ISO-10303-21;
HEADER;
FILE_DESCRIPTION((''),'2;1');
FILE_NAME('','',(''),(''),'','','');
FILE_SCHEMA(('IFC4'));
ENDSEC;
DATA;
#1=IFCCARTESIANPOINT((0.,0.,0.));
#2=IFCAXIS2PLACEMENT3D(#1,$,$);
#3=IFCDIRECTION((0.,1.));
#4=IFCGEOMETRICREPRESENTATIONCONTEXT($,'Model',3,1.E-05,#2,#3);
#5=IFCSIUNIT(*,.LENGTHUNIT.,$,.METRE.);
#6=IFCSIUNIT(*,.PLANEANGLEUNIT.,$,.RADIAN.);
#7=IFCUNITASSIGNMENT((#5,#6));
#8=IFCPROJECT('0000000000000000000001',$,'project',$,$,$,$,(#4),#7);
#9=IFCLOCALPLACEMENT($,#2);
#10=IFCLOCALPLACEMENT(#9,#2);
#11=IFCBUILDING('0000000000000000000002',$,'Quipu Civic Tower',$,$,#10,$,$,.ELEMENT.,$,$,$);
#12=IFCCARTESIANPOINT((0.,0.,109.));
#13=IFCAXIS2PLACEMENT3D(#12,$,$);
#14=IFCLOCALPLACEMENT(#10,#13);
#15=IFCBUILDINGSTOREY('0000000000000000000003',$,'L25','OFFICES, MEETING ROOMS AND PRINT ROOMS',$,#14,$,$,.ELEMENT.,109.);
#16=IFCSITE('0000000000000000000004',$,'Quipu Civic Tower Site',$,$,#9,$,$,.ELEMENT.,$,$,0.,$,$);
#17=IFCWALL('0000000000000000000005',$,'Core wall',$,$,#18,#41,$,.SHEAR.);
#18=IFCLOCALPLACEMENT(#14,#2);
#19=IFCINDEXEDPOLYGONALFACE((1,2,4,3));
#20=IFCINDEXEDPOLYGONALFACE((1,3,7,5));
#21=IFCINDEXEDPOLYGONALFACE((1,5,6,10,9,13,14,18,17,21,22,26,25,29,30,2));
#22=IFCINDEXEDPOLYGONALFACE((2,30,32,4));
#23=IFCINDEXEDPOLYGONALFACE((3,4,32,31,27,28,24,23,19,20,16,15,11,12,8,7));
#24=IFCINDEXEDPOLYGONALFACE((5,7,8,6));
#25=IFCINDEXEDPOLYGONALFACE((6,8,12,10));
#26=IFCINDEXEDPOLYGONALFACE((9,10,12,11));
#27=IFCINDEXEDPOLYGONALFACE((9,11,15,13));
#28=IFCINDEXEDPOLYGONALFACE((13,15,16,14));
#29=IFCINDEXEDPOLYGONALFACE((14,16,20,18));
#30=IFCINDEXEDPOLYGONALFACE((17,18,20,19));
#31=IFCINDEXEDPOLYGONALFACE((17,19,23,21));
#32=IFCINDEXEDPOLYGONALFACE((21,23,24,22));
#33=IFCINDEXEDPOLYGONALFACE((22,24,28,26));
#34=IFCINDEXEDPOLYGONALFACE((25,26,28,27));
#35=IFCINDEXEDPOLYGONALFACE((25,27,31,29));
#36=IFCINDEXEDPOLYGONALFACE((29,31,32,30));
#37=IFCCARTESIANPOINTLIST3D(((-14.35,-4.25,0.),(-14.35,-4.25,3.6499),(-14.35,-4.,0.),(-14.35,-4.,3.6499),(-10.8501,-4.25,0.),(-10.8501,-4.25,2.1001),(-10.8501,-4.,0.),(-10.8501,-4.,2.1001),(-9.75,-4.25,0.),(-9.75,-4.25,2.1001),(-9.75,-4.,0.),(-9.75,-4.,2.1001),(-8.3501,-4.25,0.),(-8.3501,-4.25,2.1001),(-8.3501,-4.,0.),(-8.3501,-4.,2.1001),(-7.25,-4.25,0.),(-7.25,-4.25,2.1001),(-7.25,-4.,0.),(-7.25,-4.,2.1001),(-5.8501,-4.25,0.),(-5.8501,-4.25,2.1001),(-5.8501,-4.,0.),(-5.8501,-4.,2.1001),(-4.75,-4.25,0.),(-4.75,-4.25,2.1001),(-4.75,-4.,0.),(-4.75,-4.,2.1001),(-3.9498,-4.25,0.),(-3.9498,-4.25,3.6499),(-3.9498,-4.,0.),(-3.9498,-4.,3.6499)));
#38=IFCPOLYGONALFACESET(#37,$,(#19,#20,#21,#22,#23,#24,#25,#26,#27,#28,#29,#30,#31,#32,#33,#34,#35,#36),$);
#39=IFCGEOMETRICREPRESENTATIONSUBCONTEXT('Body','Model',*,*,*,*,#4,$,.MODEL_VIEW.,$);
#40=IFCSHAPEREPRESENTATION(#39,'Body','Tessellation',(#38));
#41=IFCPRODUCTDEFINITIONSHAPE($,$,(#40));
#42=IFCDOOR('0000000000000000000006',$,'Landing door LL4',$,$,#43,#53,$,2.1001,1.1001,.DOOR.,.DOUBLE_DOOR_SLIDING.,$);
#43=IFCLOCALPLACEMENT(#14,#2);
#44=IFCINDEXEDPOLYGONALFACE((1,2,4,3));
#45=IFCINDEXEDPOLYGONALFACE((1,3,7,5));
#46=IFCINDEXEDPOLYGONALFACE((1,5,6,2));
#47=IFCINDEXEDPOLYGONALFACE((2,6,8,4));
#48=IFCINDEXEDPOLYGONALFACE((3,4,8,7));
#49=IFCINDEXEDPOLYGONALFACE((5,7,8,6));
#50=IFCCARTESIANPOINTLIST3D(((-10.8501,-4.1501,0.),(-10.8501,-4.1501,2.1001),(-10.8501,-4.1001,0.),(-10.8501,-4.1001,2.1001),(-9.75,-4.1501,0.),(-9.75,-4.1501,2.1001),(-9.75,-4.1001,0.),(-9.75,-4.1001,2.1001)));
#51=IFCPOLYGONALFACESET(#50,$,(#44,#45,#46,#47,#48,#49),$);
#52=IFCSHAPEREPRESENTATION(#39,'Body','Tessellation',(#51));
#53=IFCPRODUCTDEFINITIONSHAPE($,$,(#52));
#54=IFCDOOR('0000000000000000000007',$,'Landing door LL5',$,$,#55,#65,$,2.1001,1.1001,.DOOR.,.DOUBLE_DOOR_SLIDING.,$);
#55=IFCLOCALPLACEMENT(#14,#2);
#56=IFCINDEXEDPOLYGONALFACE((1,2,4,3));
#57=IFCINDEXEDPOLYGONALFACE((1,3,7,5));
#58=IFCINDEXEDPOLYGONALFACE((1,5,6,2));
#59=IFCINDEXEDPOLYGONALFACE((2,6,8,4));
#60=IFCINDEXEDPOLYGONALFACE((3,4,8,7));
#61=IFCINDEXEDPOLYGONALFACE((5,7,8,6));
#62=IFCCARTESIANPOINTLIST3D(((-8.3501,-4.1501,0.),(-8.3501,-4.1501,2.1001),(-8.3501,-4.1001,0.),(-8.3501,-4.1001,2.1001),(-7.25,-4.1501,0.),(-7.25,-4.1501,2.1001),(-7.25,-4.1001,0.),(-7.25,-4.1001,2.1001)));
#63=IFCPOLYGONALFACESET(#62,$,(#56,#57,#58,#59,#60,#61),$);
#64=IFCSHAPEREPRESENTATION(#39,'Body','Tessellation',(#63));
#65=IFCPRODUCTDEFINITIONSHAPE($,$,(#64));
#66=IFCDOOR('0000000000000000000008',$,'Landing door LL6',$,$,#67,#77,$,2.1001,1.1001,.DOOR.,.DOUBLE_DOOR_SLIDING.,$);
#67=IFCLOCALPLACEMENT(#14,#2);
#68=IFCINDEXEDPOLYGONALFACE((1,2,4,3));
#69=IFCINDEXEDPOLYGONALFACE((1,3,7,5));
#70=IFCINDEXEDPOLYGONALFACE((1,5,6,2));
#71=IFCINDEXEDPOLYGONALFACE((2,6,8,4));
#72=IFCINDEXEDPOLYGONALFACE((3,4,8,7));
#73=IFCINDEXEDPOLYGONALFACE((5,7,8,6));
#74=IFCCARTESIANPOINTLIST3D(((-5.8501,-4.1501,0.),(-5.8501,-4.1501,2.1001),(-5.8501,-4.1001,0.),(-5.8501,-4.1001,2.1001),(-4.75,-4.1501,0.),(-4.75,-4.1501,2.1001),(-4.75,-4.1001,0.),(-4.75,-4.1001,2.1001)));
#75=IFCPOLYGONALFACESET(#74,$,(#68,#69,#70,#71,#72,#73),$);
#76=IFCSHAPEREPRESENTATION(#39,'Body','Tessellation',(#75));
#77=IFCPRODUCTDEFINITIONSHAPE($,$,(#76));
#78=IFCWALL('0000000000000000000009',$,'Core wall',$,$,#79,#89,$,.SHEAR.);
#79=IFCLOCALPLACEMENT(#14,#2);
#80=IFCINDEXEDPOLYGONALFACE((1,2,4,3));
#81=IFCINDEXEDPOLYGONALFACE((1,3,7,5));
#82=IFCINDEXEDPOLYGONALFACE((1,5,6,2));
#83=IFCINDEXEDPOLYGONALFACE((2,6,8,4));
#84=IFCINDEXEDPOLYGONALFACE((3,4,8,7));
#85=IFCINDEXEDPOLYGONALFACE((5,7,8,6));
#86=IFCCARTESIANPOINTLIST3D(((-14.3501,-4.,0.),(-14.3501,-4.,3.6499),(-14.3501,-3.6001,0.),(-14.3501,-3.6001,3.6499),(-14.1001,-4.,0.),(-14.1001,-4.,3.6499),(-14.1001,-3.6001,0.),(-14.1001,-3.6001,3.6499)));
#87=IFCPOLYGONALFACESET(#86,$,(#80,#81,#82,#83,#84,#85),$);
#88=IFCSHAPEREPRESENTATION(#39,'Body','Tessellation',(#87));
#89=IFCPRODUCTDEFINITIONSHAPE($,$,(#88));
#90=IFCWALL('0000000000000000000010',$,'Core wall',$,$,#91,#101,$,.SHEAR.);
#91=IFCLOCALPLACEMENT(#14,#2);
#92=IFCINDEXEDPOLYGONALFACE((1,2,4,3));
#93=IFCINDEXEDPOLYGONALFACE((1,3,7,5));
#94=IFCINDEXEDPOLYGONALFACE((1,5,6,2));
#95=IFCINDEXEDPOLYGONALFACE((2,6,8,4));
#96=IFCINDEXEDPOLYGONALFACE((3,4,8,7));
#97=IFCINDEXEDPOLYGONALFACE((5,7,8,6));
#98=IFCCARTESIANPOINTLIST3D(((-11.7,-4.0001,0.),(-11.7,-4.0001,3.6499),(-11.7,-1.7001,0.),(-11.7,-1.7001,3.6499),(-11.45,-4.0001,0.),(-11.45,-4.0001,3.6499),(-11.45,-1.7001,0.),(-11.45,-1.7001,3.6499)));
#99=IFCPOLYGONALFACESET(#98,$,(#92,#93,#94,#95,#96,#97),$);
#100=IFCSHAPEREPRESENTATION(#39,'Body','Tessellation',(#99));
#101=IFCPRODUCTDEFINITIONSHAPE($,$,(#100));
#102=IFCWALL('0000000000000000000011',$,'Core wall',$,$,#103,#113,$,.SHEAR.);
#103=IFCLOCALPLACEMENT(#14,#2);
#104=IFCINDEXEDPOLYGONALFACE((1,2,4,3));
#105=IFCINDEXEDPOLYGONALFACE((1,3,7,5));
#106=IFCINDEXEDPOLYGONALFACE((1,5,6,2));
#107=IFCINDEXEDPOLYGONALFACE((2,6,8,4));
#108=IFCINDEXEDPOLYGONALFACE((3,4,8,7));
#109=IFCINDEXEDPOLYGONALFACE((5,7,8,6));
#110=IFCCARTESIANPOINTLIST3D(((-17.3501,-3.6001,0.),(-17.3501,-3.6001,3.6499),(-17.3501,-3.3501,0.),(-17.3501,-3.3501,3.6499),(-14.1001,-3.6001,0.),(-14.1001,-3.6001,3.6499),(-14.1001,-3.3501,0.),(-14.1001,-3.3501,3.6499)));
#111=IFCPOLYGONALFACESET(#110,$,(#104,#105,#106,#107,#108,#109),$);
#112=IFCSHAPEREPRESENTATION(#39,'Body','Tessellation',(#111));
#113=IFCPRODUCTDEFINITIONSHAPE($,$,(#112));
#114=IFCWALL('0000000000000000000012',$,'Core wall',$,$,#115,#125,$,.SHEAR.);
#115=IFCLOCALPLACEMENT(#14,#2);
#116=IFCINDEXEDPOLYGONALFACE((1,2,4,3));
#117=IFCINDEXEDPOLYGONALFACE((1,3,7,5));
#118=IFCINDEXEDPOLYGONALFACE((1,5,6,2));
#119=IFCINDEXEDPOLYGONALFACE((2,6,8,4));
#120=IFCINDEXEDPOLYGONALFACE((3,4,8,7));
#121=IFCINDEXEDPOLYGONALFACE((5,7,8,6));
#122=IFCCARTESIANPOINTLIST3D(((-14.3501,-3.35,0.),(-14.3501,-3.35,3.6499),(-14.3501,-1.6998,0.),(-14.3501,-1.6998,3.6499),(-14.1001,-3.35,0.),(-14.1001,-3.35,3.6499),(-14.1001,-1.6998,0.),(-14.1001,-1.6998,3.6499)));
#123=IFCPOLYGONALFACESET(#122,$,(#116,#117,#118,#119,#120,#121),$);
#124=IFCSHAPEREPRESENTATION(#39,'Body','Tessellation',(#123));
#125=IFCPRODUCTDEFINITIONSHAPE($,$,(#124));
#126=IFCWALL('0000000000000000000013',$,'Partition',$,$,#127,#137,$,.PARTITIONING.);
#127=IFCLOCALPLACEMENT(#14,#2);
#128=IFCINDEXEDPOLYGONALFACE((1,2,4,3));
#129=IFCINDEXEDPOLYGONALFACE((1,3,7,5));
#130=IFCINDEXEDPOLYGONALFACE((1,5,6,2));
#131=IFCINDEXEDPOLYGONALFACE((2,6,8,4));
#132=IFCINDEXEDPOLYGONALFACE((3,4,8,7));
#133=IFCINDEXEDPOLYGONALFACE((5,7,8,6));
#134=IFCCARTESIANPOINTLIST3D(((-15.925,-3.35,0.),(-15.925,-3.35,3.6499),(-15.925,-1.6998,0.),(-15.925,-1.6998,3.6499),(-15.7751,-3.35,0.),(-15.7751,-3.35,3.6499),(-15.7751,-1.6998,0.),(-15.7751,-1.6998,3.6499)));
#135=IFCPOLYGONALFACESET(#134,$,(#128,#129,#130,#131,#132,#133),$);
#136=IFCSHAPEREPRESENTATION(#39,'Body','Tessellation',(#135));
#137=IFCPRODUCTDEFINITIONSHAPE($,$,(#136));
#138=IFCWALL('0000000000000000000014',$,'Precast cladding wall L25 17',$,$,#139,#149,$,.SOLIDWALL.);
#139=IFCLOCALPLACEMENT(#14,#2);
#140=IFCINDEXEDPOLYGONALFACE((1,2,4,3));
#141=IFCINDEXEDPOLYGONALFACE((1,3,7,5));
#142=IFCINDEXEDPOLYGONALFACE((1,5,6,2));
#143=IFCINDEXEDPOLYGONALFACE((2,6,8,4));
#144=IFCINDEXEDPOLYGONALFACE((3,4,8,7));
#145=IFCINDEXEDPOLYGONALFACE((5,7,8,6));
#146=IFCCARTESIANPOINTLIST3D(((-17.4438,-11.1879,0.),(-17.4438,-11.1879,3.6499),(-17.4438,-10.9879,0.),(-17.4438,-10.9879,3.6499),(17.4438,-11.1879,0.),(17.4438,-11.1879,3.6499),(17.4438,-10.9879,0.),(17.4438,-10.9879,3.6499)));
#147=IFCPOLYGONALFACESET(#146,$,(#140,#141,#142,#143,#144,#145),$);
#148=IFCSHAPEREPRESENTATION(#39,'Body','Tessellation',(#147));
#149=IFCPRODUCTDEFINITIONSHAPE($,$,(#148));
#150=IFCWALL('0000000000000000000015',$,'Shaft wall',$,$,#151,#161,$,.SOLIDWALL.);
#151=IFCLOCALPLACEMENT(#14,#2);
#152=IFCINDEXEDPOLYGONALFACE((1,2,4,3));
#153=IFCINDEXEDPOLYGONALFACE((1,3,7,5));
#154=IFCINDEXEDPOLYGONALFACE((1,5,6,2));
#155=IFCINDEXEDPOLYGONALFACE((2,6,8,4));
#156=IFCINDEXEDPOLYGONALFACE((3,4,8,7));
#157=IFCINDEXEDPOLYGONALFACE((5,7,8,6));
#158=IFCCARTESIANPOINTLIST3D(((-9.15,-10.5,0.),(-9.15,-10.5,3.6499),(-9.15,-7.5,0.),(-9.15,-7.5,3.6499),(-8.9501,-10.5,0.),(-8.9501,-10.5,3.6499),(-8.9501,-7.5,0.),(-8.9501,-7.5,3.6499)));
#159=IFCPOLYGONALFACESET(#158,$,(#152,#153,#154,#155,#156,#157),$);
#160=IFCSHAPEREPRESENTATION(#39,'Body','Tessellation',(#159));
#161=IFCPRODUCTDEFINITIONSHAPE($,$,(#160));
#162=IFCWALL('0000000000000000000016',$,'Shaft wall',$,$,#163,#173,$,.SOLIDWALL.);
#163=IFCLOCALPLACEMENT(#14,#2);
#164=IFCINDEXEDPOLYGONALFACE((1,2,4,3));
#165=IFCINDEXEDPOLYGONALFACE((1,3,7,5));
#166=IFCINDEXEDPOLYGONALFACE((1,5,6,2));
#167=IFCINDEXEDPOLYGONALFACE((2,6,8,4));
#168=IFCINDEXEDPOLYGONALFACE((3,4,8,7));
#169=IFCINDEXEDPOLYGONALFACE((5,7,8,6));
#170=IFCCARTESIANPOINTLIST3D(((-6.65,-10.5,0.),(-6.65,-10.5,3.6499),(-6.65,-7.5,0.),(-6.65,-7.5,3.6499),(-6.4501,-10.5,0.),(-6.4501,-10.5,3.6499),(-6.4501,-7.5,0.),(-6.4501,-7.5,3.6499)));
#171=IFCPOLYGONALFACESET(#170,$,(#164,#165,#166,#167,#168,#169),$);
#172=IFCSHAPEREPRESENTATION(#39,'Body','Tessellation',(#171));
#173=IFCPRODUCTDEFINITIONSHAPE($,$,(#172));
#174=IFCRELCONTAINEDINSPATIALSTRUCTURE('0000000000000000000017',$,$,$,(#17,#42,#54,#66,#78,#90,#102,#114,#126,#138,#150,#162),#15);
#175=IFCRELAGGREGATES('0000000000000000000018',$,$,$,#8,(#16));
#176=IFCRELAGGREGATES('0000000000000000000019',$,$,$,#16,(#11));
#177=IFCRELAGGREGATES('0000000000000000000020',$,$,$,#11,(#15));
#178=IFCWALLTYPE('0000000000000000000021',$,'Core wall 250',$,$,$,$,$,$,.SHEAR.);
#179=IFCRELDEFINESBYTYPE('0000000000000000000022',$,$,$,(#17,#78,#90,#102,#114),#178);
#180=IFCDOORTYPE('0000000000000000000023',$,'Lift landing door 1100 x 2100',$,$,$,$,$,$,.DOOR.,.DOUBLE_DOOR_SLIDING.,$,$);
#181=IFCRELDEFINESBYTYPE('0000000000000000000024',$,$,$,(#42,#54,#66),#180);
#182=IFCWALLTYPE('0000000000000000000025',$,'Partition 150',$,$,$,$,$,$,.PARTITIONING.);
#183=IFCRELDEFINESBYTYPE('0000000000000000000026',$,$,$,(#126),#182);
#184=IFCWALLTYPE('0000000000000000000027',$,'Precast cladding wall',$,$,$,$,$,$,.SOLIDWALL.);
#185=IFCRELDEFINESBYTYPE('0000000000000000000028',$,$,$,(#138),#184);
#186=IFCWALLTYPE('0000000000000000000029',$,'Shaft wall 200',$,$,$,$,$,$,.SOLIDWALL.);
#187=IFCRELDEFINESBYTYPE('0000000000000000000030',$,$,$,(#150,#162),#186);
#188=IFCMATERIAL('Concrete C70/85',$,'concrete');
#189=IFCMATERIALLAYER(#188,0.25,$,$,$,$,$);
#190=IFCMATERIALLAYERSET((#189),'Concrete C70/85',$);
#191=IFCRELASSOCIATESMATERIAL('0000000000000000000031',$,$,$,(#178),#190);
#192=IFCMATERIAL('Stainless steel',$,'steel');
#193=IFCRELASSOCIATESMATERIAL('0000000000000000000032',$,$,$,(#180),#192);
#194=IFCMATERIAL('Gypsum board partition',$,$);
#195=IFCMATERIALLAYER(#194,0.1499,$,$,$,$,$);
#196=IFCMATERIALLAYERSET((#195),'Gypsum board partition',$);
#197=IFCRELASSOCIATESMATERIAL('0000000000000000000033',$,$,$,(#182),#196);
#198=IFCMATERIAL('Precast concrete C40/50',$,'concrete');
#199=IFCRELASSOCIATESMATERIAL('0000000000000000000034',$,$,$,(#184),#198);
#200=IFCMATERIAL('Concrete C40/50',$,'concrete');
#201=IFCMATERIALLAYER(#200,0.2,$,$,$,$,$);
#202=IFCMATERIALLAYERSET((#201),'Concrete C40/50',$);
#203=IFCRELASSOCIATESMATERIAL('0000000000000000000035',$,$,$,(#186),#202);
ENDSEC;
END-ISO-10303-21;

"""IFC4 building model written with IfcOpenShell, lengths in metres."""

from ifc_helpers import new_model, si_unit, direction, frame, frame_2d, origin, place, context, subcontext, project, spatial, rectangle, extrude, material, layer, layer_set, type_object, element, fill, save


model = new_model("IFC4")

# Units and contexts
model_context = context("Model", 3, precision=1e-05, world=origin(), true_north=direction((0.0, 1.0)))
body_context = subcontext(model_context, "Body", "Model", "MODEL_VIEW")
ifc_project = project(units=[si_unit("LENGTHUNIT", "METRE"), si_unit("PLANEANGLEUNIT", "RADIAN")], contexts=[model_context])

# Site, building, storey
site_placement = place(None, origin())
site = spatial("IfcSite", under=ifc_project, at=site_placement, Name="Quipu Civic Tower Site", CompositionType="ELEMENT", RefElevation=0.0)
building_placement = place(site_placement, origin())
building = spatial("IfcBuilding", under=site, at=building_placement, Name="Quipu Civic Tower", CompositionType="ELEMENT")
storey_placement = place(building_placement, frame((0.0, 0.0, 109.0)))
storey = spatial("IfcBuildingStorey", under=building, at=storey_placement, Name="L25", Description="OFFICES, MEETING ROOMS AND PRINT ROOMS", CompositionType="ELEMENT", Elevation=109.0)

# Shared definitions
ifc_material_1 = material(Name="Concrete C70/85", Category="concrete")
ifc_layer_1 = layer(ifc_material_1, 0.25)
ifc_layer_set_1 = layer_set([ifc_layer_1], Name="Concrete C70/85")
wall_type_1 = type_object("IfcWallType", Name="Core wall 250", PredefinedType="SHEAR", material=ifc_layer_set_1)

# Wall, openings, doors
wall_1_placement = place(storey_placement, frame((-14.3501, -4.125, 0.0), z_axis=(0.0, 0.0, 1.0), x_axis=(1.0, 0.0, 0.0)))
wall_1 = element("IfcWall", 1, at=wall_1_placement, inside=storey, type_object=wall_type_1, Name="Core wall", PredefinedType="SHEAR", context=body_context, shape_type="SweptSolid", body=[
    extrude(rectangle(XDim=10.4001, YDim=0.25, at=frame_2d((5.2002, 0.0))), origin(), (0.0, 0.0, 1.0), 3.6499),
])
opening_1_placement = place(wall_1_placement, frame((3.5, 0.0, 0.0)))
opening_1 = element("IfcOpeningElement", 2, at=opening_1_placement, cuts=wall_1, PredefinedType="OPENING", context=body_context, shape_type="SweptSolid", body=[
    extrude(rectangle(XDim=1.1001, YDim=2.1001, at=frame_2d((0.55, 1.05))), frame((0.0, 0.135, 0.0), z_axis=(0.0, -1.0, 0.0), x_axis=(1.0, 0.0, 0.0)), (0.0, 0.0, 1.0), 0.27),
])
opening_2_placement = place(wall_1_placement, frame((6.0, 0.0, 0.0)))
opening_2 = element("IfcOpeningElement", 3, at=opening_2_placement, cuts=wall_1, PredefinedType="OPENING", context=body_context, shape_type="SweptSolid", body=[
    extrude(rectangle(XDim=1.1001, YDim=2.1001, at=frame_2d((0.55, 1.05))), frame((0.0, 0.135, 0.0), z_axis=(0.0, -1.0, 0.0), x_axis=(1.0, 0.0, 0.0)), (0.0, 0.0, 1.0), 0.27),
])
opening_3_placement = place(wall_1_placement, frame((8.5, 0.0, 0.0)))
opening_3 = element("IfcOpeningElement", 4, at=opening_3_placement, cuts=wall_1, PredefinedType="OPENING", context=body_context, shape_type="SweptSolid", body=[
    extrude(rectangle(XDim=1.1001, YDim=2.1001, at=frame_2d((0.55, 1.05))), frame((0.0, 0.135, 0.0), z_axis=(0.0, -1.0, 0.0), x_axis=(1.0, 0.0, 0.0)), (0.0, 0.0, 1.0), 0.27),
])
ifc_material_2 = material(Name="Stainless steel", Category="steel")
door_type_1 = type_object("IfcDoorType", Name="Lift landing door 1100 x 2100", OperationType="DOUBLE_DOOR_SLIDING", PredefinedType="DOOR", material=ifc_material_2)
door_1_placement = place(opening_1_placement, origin())
door_1 = element("IfcDoor", 5, at=door_1_placement, inside=storey, type_object=door_type_1, Name="Landing door LL4", OperationType="DOUBLE_DOOR_SLIDING", OverallHeight=2.1001, OverallWidth=1.1001, PredefinedType="DOOR", context=body_context, shape_type="SweptSolid", body=[
    extrude(rectangle(XDim=1.1001, YDim=2.1001, at=frame_2d((0.55, 1.05))), frame((0.0, 0.0249, 0.0), z_axis=(0.0, -1.0, 0.0), x_axis=(1.0, 0.0, 0.0)), (0.0, 0.0, 1.0), 0.05),
])
fill(opening_1, door_1)
door_2_placement = place(opening_2_placement, origin())
door_2 = element("IfcDoor", 6, at=door_2_placement, inside=storey, type_object=door_type_1, Name="Landing door LL5", OperationType="DOUBLE_DOOR_SLIDING", OverallHeight=2.1001, OverallWidth=1.1001, PredefinedType="DOOR", context=body_context, shape_type="SweptSolid", body=[
    extrude(rectangle(XDim=1.1001, YDim=2.1001, at=frame_2d((0.55, 1.05))), frame((0.0, 0.0249, 0.0), z_axis=(0.0, -1.0, 0.0), x_axis=(1.0, 0.0, 0.0)), (0.0, 0.0, 1.0), 0.05),
])
fill(opening_2, door_2)
door_3_placement = place(opening_3_placement, origin())
door_3 = element("IfcDoor", 7, at=door_3_placement, inside=storey, type_object=door_type_1, Name="Landing door LL6", OperationType="DOUBLE_DOOR_SLIDING", OverallHeight=2.1001, OverallWidth=1.1001, PredefinedType="DOOR", context=body_context, shape_type="SweptSolid", body=[
    extrude(rectangle(XDim=1.1001, YDim=2.1001, at=frame_2d((0.55, 1.05))), frame((0.0, 0.0249, 0.0), z_axis=(0.0, -1.0, 0.0), x_axis=(1.0, 0.0, 0.0)), (0.0, 0.0, 1.0), 0.05),
])
fill(opening_3, door_3)

# Walls
wall_2_placement = place(storey_placement, frame((-14.2251, -4.0, 0.0), z_axis=(0.0, 0.0, 1.0), x_axis=(0.0, 1.0, 0.0)))
element("IfcWall", 8, at=wall_2_placement, inside=storey, type_object=wall_type_1, Name="Core wall", PredefinedType="SHEAR", context=body_context, shape_type="SweptSolid", body=[
    extrude(rectangle(XDim=0.3999, YDim=0.25, at=frame_2d((0.2, 0.0))), origin(), (0.0, 0.0, 1.0), 3.6499),
])
wall_3_placement = place(storey_placement, frame((-11.575, -4.0, 0.0), z_axis=(0.0, 0.0, 1.0), x_axis=(0.0, 1.0, 0.0)))
element("IfcWall", 9, at=wall_3_placement, inside=storey, type_object=wall_type_1, Name="Core wall", PredefinedType="SHEAR", context=body_context, shape_type="SweptSolid", body=[
    extrude(rectangle(XDim=2.3, YDim=0.25, at=frame_2d((1.1499, 0.0))), origin(), (0.0, 0.0, 1.0), 3.6499),
])
wall_4_placement = place(storey_placement, frame((-17.3501, -3.4751, 0.0), z_axis=(0.0, 0.0, 1.0), x_axis=(1.0, 0.0, 0.0)))
element("IfcWall", 10, at=wall_4_placement, inside=storey, type_object=wall_type_1, Name="Core wall", PredefinedType="SHEAR", context=body_context, shape_type="SweptSolid", body=[
    extrude(rectangle(XDim=3.25, YDim=0.25, at=frame_2d((1.625, 0.0))), origin(), (0.0, 0.0, 1.0), 3.6499),
])
wall_5_placement = place(storey_placement, frame((-14.2251, -3.3501, 0.0), z_axis=(0.0, 0.0, 1.0), x_axis=(0.0, 1.0, 0.0)))
element("IfcWall", 11, at=wall_5_placement, inside=storey, type_object=wall_type_1, Name="Core wall", PredefinedType="SHEAR", context=body_context, shape_type="SweptSolid", body=[
    extrude(rectangle(XDim=1.6501, YDim=0.25, at=frame_2d((0.8252, 0.0))), origin(), (0.0, 0.0, 1.0), 3.6499),
])
ifc_material_3 = material(Name="Gypsum board partition")
ifc_layer_2 = layer(ifc_material_3, 0.1499)
ifc_layer_set_2 = layer_set([ifc_layer_2], Name="Gypsum board partition")
wall_type_2 = type_object("IfcWallType", Name="Partition 150", PredefinedType="PARTITIONING", material=ifc_layer_set_2)
wall_6_placement = place(storey_placement, frame((-15.8501, -3.3501, 0.0), z_axis=(0.0, 0.0, 1.0), x_axis=(0.0, 1.0, 0.0)))
element("IfcWall", 12, at=wall_6_placement, inside=storey, type_object=wall_type_2, Name="Partition", PredefinedType="PARTITIONING", context=body_context, shape_type="SweptSolid", body=[
    extrude(rectangle(XDim=1.6501, YDim=0.1499, at=frame_2d((0.8252, 0.0))), origin(), (0.0, 0.0, 1.0), 3.6499),
])
ifc_material_4 = material(Name="Precast concrete C40/50", Category="concrete")
wall_type_3 = type_object("IfcWallType", Name="Precast cladding wall", PredefinedType="SOLIDWALL", material=ifc_material_4)
wall_7_placement = place(storey_placement, frame((-17.4438, -11.0879, 0.0), z_axis=(0.0, 0.0, 1.0), x_axis=(1.0, 0.0, 0.0)))
element("IfcWall", 13, at=wall_7_placement, inside=storey, type_object=wall_type_3, Name="Precast cladding wall L25 17", PredefinedType="SOLIDWALL", context=body_context, shape_type="SweptSolid", body=[
    extrude(rectangle(XDim=34.8877, YDim=0.2, at=frame_2d((17.4438, 0.0))), origin(), (0.0, 0.0, 1.0), 3.6499),
])
ifc_material_5 = material(Name="Concrete C40/50", Category="concrete")
ifc_layer_3 = layer(ifc_material_5, 0.2)
ifc_layer_set_3 = layer_set([ifc_layer_3], Name="Concrete C40/50")
wall_type_4 = type_object("IfcWallType", Name="Shaft wall 200", PredefinedType="SOLIDWALL", material=ifc_layer_set_3)
for number, where, z_axis, x_axis, name in (
    (14, (-9.05, -10.5, 0.0), (0.0, 0.0, 1.0), (0.0, 1.0, 0.0), "Shaft wall"),
    (15, (-6.55, -10.5, 0.0), (0.0, 0.0, 1.0), (0.0, 1.0, 0.0), "Shaft wall"),
):
    element("IfcWall", number, at=place(storey_placement, frame(where, z_axis=z_axis, x_axis=x_axis)), inside=storey, type_object=wall_type_4, Name=name, PredefinedType="SOLIDWALL", context=body_context, shape_type="SweptSolid", body=[
        extrude(rectangle(XDim=3.0, YDim=0.2, at=frame_2d((1.5, 0.0))), origin(), (0.0, 0.0, 1.0), 3.6499),
    ])

save(model, "model.ifc")
